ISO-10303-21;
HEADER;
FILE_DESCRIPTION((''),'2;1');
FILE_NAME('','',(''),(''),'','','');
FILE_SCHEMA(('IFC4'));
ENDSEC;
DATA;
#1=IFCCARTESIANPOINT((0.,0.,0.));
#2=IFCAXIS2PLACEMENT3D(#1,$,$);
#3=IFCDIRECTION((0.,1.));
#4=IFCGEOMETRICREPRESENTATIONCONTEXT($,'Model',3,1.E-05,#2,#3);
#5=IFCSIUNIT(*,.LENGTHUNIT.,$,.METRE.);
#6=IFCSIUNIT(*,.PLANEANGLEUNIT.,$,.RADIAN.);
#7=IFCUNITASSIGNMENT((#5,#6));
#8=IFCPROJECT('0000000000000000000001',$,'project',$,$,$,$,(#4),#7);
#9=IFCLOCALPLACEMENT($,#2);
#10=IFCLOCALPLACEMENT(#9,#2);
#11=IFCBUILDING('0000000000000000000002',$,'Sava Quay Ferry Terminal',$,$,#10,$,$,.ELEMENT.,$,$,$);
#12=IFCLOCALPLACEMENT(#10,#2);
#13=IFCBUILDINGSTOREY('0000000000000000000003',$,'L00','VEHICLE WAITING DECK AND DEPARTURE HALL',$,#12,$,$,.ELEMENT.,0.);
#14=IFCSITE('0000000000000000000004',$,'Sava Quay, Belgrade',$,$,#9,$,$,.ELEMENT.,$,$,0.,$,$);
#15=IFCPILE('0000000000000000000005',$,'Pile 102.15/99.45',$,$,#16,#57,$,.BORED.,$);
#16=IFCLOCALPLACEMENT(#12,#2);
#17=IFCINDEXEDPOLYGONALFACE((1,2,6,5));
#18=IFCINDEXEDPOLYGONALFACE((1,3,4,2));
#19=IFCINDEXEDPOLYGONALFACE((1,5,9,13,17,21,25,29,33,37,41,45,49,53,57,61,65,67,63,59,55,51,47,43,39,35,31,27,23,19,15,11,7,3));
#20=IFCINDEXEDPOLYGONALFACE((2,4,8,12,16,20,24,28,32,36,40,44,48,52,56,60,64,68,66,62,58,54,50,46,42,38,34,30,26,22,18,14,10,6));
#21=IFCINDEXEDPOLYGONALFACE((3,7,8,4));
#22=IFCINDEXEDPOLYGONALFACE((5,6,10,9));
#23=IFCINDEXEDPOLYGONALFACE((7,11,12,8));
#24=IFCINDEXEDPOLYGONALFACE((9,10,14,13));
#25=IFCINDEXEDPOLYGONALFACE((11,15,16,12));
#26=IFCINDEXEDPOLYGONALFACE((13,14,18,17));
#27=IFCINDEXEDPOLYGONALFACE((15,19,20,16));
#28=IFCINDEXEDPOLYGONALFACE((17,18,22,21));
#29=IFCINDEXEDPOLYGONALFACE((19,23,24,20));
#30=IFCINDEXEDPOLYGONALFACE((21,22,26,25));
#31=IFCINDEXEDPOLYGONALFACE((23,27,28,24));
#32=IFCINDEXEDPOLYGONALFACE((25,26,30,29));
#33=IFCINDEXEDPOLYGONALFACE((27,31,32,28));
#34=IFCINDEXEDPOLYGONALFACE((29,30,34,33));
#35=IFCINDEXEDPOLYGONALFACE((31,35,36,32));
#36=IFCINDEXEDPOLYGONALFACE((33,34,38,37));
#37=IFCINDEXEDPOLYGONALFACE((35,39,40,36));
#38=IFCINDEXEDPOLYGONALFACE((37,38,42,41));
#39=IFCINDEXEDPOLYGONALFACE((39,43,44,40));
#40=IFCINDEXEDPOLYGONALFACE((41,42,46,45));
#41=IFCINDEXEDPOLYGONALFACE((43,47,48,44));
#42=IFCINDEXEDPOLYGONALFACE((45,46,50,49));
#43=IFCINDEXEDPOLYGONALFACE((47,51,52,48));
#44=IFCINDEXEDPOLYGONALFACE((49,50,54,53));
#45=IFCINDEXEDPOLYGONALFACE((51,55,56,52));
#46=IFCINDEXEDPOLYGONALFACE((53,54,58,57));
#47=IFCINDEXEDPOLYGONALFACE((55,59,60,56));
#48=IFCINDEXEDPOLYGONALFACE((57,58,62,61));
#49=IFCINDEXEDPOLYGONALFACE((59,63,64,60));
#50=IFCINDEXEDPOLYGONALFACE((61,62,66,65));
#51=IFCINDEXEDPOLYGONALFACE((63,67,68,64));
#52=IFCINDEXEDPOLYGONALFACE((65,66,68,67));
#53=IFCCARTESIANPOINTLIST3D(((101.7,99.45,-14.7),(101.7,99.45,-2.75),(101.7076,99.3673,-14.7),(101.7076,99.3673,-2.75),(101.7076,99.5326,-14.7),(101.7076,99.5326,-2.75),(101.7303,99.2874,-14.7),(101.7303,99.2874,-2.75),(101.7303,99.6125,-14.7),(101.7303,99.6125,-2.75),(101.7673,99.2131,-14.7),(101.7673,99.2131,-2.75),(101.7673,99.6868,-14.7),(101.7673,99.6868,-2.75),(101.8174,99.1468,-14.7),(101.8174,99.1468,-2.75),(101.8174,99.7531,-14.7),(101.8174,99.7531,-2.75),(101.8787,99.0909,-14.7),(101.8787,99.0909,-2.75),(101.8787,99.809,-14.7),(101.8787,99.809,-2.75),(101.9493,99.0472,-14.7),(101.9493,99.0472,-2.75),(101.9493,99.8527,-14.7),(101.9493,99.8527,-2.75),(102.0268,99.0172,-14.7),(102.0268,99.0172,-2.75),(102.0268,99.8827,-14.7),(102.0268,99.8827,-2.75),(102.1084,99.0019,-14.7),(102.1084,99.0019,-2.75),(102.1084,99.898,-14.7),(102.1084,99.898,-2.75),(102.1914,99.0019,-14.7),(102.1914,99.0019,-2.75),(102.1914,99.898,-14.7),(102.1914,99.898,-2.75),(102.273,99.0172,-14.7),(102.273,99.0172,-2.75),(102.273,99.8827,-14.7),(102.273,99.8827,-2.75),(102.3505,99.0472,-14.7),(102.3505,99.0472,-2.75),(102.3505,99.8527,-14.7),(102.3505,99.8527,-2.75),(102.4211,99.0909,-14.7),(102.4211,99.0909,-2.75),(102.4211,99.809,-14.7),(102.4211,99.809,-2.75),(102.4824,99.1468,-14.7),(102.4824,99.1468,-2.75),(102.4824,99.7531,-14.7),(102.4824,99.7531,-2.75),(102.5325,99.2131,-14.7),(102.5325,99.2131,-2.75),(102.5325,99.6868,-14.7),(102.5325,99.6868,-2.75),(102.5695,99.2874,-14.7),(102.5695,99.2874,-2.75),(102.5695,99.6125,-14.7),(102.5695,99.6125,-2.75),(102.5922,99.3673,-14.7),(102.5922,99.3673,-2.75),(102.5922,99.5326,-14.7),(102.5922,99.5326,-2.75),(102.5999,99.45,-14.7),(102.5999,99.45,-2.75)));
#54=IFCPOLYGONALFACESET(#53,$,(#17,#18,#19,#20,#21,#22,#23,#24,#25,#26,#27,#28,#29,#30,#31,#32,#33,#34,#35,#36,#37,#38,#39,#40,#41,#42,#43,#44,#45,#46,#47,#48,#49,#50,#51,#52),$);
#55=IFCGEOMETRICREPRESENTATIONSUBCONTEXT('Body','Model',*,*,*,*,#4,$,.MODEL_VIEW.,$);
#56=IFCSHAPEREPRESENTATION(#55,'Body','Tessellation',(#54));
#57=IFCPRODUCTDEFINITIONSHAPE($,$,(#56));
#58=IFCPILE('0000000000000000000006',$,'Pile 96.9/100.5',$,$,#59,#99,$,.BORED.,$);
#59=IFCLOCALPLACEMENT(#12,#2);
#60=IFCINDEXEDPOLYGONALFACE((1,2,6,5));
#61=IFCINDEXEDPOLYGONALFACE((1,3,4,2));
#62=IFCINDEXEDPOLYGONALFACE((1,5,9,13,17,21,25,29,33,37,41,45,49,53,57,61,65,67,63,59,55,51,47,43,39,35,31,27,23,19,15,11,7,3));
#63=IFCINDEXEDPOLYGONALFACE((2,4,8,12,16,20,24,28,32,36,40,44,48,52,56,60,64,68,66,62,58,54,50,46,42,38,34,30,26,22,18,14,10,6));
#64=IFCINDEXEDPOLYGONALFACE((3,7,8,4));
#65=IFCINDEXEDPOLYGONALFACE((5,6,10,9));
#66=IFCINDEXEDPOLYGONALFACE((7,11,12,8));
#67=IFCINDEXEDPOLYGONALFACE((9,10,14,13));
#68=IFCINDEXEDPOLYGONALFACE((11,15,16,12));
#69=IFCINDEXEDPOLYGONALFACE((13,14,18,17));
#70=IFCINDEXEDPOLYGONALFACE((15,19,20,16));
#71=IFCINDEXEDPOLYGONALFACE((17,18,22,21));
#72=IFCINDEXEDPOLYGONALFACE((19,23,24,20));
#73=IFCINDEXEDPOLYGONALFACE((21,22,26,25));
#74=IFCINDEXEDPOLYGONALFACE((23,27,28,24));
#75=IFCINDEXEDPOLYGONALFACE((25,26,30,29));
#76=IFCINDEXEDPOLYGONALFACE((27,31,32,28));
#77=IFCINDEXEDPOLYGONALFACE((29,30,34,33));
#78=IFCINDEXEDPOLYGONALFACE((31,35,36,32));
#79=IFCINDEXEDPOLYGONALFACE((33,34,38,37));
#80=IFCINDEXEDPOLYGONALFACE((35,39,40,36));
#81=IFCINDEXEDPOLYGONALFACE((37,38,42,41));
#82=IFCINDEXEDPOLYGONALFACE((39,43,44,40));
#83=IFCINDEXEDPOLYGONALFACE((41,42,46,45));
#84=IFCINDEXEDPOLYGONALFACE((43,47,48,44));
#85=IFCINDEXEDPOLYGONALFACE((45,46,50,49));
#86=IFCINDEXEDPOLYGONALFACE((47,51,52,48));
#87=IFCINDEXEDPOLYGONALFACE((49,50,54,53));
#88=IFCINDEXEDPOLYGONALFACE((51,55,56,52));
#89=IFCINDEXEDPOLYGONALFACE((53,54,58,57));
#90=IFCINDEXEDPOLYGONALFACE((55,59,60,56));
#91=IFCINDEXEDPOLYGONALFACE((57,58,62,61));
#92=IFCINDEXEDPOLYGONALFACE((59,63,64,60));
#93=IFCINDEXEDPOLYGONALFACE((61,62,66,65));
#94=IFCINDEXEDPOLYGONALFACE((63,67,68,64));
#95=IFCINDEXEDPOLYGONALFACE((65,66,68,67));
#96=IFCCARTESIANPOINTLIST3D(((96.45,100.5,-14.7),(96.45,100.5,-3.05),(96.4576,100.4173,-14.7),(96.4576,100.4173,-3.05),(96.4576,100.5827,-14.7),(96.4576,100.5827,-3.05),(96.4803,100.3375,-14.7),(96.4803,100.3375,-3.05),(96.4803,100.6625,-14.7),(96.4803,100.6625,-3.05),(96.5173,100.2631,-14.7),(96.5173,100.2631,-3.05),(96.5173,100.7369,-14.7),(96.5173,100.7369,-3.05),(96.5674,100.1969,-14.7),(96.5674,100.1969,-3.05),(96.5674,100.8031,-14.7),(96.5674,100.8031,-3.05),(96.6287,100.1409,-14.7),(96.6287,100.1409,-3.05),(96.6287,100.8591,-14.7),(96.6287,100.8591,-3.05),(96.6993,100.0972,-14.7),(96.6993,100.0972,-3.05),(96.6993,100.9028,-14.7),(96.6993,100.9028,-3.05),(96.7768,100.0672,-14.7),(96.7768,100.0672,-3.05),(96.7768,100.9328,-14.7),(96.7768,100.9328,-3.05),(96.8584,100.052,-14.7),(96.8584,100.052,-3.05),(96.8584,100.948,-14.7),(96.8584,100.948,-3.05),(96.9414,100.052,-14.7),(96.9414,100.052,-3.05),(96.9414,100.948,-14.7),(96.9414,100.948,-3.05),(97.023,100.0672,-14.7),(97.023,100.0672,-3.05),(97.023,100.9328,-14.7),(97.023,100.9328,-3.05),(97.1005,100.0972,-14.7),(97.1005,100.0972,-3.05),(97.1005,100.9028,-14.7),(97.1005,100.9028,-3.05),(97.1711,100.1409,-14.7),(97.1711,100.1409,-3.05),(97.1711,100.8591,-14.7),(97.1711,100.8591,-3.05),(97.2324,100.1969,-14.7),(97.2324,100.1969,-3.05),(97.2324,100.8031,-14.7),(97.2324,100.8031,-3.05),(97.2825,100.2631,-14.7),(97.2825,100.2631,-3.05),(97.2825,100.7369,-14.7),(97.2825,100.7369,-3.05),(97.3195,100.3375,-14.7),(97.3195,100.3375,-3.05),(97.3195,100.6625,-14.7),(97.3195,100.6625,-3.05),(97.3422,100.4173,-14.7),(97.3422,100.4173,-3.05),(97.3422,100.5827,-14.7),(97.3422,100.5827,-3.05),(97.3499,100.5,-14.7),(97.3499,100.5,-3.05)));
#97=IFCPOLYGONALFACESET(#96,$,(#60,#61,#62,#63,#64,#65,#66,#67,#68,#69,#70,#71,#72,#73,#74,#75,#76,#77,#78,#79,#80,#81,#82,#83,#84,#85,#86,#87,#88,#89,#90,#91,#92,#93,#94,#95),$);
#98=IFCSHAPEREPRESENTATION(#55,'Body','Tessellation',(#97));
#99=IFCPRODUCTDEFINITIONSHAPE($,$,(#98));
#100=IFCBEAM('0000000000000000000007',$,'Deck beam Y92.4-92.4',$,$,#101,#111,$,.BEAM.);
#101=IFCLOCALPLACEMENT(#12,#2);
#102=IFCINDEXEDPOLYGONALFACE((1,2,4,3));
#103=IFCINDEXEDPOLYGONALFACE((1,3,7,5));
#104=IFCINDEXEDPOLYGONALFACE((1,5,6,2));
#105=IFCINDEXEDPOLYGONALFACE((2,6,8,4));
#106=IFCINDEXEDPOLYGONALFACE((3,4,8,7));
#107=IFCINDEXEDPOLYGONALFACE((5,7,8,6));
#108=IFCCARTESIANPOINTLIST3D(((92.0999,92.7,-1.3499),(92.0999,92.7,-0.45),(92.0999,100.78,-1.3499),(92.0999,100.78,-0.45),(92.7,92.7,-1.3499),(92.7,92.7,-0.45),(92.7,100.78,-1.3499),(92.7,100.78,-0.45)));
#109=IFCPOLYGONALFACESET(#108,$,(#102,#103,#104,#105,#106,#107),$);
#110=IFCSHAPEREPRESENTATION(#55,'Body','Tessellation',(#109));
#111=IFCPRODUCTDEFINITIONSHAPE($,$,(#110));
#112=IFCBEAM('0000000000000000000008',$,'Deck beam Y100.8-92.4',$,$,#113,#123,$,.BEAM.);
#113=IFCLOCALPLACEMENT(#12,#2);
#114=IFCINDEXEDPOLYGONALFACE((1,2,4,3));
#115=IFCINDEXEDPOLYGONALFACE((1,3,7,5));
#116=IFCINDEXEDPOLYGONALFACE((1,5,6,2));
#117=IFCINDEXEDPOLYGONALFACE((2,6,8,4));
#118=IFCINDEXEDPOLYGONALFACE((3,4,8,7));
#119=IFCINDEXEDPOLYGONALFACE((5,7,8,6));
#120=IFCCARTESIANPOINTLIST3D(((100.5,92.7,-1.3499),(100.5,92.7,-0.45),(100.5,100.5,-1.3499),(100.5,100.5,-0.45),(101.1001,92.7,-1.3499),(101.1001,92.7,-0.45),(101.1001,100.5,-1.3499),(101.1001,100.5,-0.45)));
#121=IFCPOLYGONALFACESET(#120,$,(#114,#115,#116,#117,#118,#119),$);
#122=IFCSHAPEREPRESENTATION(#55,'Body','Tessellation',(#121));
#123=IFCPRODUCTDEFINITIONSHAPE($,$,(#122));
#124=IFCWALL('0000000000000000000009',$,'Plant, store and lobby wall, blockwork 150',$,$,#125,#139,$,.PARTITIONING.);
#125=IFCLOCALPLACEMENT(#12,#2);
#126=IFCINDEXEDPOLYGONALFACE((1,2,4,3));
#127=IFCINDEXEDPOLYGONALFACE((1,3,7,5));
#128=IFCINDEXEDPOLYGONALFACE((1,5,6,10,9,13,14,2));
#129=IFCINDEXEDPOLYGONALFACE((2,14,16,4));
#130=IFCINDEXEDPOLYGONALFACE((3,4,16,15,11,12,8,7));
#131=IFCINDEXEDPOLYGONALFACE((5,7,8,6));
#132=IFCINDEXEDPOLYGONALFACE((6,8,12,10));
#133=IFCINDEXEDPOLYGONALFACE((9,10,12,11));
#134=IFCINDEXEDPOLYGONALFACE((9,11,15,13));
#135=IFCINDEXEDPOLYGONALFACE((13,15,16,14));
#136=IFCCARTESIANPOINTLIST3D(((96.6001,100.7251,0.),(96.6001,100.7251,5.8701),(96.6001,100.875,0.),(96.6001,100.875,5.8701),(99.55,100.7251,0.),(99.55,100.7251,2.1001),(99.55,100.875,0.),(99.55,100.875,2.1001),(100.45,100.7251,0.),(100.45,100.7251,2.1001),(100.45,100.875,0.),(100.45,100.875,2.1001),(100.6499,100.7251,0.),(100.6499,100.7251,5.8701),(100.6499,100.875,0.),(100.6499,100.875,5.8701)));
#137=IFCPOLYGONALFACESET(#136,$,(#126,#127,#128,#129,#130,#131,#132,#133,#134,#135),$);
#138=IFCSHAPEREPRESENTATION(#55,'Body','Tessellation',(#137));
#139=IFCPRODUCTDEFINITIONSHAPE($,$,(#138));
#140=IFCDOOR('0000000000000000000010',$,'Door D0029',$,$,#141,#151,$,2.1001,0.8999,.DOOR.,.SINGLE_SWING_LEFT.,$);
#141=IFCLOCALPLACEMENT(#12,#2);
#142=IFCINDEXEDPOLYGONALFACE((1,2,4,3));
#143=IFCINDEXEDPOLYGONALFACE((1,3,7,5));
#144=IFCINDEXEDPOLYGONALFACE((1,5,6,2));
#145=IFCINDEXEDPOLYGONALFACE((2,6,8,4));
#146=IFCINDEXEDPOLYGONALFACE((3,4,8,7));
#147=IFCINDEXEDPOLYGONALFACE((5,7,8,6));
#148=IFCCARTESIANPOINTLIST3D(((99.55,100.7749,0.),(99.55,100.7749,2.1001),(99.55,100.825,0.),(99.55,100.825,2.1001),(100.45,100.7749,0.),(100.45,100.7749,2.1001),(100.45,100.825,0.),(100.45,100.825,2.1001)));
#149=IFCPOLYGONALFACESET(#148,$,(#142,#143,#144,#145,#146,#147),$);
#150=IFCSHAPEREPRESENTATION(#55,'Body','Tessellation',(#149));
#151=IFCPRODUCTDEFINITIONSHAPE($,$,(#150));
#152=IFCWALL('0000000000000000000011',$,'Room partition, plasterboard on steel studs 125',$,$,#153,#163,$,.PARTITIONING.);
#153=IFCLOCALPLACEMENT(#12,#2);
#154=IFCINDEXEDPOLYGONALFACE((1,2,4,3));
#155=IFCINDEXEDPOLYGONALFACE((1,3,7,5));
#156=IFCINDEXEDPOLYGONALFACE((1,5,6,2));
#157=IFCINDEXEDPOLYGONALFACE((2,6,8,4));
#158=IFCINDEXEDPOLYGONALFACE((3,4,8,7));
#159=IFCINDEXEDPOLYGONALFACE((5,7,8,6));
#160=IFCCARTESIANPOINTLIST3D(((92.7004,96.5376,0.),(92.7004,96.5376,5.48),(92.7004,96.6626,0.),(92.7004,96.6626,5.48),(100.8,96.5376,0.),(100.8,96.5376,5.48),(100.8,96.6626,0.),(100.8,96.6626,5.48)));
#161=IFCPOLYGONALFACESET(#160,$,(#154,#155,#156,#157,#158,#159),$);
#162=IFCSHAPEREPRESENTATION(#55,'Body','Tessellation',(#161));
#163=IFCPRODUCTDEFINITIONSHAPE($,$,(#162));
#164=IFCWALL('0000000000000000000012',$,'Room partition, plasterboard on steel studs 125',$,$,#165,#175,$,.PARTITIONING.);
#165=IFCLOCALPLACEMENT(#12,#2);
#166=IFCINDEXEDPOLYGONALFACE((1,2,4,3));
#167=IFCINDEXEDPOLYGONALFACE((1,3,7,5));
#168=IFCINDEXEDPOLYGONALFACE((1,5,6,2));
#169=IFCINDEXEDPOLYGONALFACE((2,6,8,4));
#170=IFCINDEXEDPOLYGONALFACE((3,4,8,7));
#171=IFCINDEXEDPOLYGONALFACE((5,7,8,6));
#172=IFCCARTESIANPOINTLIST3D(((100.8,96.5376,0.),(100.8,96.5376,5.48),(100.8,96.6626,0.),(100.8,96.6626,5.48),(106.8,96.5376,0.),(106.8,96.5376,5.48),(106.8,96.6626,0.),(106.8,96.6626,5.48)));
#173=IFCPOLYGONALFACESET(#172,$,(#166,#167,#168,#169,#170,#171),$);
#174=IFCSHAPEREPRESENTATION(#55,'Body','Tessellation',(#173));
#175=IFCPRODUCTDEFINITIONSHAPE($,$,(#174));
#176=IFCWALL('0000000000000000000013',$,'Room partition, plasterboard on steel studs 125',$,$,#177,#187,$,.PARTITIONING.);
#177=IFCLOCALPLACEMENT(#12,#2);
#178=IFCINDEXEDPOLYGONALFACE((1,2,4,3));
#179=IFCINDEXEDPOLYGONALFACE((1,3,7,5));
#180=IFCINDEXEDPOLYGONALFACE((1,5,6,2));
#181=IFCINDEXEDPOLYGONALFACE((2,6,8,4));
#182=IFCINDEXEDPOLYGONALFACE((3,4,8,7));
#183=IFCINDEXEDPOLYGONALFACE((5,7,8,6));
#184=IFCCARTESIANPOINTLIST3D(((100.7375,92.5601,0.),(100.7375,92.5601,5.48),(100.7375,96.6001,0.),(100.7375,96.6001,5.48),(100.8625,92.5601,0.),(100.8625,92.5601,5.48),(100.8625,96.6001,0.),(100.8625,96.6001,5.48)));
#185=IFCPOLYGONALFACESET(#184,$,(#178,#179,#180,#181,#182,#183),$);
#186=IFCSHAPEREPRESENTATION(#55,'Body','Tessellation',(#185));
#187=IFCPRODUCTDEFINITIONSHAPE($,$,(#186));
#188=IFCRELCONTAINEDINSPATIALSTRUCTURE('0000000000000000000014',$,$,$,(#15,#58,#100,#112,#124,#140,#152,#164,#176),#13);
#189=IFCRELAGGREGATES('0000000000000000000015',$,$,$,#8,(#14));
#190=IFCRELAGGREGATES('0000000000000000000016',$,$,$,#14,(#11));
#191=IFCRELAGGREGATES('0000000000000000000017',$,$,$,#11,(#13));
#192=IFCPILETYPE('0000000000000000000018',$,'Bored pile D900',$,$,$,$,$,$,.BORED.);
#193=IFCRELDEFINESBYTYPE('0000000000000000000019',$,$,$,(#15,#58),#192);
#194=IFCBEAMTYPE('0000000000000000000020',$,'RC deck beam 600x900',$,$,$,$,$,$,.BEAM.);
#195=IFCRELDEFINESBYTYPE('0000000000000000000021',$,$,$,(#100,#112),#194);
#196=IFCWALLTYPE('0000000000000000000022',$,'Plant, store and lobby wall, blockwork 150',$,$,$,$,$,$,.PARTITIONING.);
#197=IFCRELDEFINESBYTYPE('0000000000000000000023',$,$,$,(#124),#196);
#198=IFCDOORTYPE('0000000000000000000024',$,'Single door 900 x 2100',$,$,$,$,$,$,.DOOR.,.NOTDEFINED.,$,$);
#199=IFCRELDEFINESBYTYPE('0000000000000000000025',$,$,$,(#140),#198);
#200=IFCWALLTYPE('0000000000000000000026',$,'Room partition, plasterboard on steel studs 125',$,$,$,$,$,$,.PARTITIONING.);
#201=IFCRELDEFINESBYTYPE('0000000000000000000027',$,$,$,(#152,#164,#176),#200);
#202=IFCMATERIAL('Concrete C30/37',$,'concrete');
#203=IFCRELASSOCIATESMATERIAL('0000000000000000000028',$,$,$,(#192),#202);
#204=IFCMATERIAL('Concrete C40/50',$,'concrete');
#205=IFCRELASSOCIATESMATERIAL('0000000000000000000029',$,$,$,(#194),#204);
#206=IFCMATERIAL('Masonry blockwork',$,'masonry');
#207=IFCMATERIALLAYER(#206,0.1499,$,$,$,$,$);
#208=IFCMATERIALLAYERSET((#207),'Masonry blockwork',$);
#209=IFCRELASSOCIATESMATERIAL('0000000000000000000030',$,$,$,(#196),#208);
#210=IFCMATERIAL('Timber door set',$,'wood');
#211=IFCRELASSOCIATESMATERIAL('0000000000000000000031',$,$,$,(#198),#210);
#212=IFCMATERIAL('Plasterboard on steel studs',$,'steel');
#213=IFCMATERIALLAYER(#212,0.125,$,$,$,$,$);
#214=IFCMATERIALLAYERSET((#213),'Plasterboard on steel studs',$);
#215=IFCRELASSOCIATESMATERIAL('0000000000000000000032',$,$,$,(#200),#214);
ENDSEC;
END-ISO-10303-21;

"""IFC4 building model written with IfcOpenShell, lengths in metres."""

from ifc_helpers import new_model, si_unit, direction, frame, frame_2d, origin, origin_2d, place, context, subcontext, project, spatial, rectangle, circle, extrude, material, layer, layer_set, material_profile, profile_set, type_object, element, fill, save


model = new_model("IFC4")

# Units and contexts
model_context = context("Model", 3, precision=1e-05, world=origin(), true_north=direction((0.0, 1.0)))
body_context = subcontext(model_context, "Body", "Model", "MODEL_VIEW")
ifc_project = project(units=[si_unit("LENGTHUNIT", "METRE"), si_unit("PLANEANGLEUNIT", "RADIAN")], contexts=[model_context])

# Site, building, storey
site_placement = place(None, origin())
site = spatial("IfcSite", under=ifc_project, at=site_placement, Name="Sava Quay, Belgrade", CompositionType="ELEMENT", RefElevation=0.0)
building_placement = place(site_placement, origin())
building = spatial("IfcBuilding", under=site, at=building_placement, Name="Sava Quay Ferry Terminal", CompositionType="ELEMENT")
storey_placement = place(building_placement, origin())
storey = spatial("IfcBuildingStorey", under=building, at=storey_placement, Name="L00", Description="VEHICLE WAITING DECK AND DEPARTURE HALL", CompositionType="ELEMENT", Elevation=0.0)

# Piles
ifc_material_1 = material(Name="Concrete C30/37", Category="concrete")
ifc_material_profile_1 = material_profile(ifc_material_1, circle(Radius=0.45, at=origin_2d()), Name="Bored pile D900")
ifc_profile_set_1 = profile_set([ifc_material_profile_1], Name="Concrete C30/37")
pile_type = type_object("IfcPileType", Name="Bored pile D900", PredefinedType="BORED", material=ifc_profile_set_1)
for number, where, z_axis, x_axis, name in (
    (1, (102.1499, 99.45, -2.75), (0.0, 0.0, -1.0), (1.0, 0.0, 0.0), "Pile 102.15/99.45"),
):
    element("IfcPile", number, at=place(storey_placement, frame(where, z_axis=z_axis, x_axis=x_axis)), inside=storey, type_object=pile_type, Name=name, PredefinedType="BORED", context=body_context, shape_type="SweptSolid", body=[
        extrude(circle(Radius=0.45, at=origin_2d()), origin(), (0.0, 0.0, 1.0), 11.95),
    ])
pile_placement = place(storey_placement, frame((96.8999, 100.5, -3.05), z_axis=(0.0, 0.0, -1.0), x_axis=(1.0, 0.0, 0.0)))
element("IfcPile", 2, at=pile_placement, inside=storey, type_object=pile_type, Name="Pile 96.9/100.5", PredefinedType="BORED", context=body_context, shape_type="SweptSolid", body=[
    extrude(circle(Radius=0.45, at=origin_2d()), origin(), (0.0, 0.0, 1.0), 11.6499),
])

# Beams
ifc_material_2 = material(Name="Concrete C40/50", Category="concrete")
ifc_material_profile_2 = material_profile(ifc_material_2, rectangle(XDim=0.6001, YDim=0.8999, at=origin_2d()), Name="RC 600x900")
ifc_profile_set_2 = profile_set([ifc_material_profile_2], Name="Concrete C40/50")
beam_type = type_object("IfcBeamType", Name="RC deck beam 600x900", PredefinedType="BEAM", material=ifc_profile_set_2)
beam_1_placement = place(storey_placement, frame((92.3999, 92.7, -0.8999), z_axis=(0.0, 1.0, 0.0), x_axis=(-1.0, 0.0, 0.0)))
element("IfcBeam", 3, at=beam_1_placement, inside=storey, type_object=beam_type, Name="Deck beam Y92.4-92.4", PredefinedType="BEAM", context=body_context, shape_type="SweptSolid", body=[
    extrude(rectangle(XDim=0.6001, YDim=0.8999, at=origin_2d()), origin(), (0.0, 0.0, 1.0), 8.0801),
])
beam_2_placement = place(storey_placement, frame((100.8, 92.7, -0.8999), z_axis=(0.0, 1.0, 0.0), x_axis=(-1.0, 0.0, 0.0)))
element("IfcBeam", 4, at=beam_2_placement, inside=storey, type_object=beam_type, Name="Deck beam Y100.8-92.4", PredefinedType="BEAM", context=body_context, shape_type="SweptSolid", body=[
    extrude(rectangle(XDim=0.6001, YDim=0.8999, at=origin_2d()), origin(), (0.0, 0.0, 1.0), 7.8),
])

# Wall, opening, door
ifc_material_3 = material(Name="Masonry blockwork", Category="masonry")
ifc_layer_1 = layer(ifc_material_3, 0.1499)
ifc_layer_set_1 = layer_set([ifc_layer_1], Name="Masonry blockwork")
wall_type_1 = type_object("IfcWallType", Name="Plant, store and lobby wall, blockwork 150", PredefinedType="PARTITIONING", material=ifc_layer_set_1)
wall_1_placement = place(storey_placement, frame((96.6001, 100.8, 0.0), z_axis=(0.0, 0.0, 1.0), x_axis=(1.0, 0.0, 0.0)))
wall_1 = element("IfcWall", 5, at=wall_1_placement, inside=storey, type_object=wall_type_1, Name="Plant, store and lobby wall, blockwork 150", PredefinedType="PARTITIONING", context=body_context, shape_type="SweptSolid", body=[
    extrude(rectangle(XDim=4.0498, YDim=0.1499, at=frame_2d((2.0249, 0.0))), origin(), (0.0, 0.0, 1.0), 5.8701),
])
opening_1_placement = place(wall_1_placement, frame((2.95, 0.0, 0.0)))
opening_1 = element("IfcOpeningElement", 6, at=opening_1_placement, cuts=wall_1, PredefinedType="OPENING", context=body_context, shape_type="SweptSolid", body=[
    extrude(rectangle(XDim=0.8999, YDim=2.1001, at=frame_2d((0.45, 1.05))), frame((0.0, 0.075, 0.0), z_axis=(0.0, -1.0, 0.0), x_axis=(1.0, 0.0, 0.0)), (0.0, 0.0, 1.0), 0.1499),
])
ifc_material_4 = material(Name="Timber door set", Category="wood")
door_type = type_object("IfcDoorType", Name="Single door 900 x 2100", OperationType="NOTDEFINED", PredefinedType="DOOR", material=ifc_material_4)
door_placement = place(opening_1_placement, origin())
door = element("IfcDoor", 7, at=door_placement, inside=storey, type_object=door_type, Name="Door D0029", OperationType="SINGLE_SWING_LEFT", OverallHeight=2.1001, OverallWidth=0.8999, PredefinedType="DOOR", context=body_context, shape_type="SweptSolid", body=[
    extrude(rectangle(XDim=0.8999, YDim=2.1001, at=frame_2d((0.45, 1.05))), frame((0.0, 0.0249, 0.0), z_axis=(0.0, -1.0, 0.0), x_axis=(1.0, 0.0, 0.0)), (0.0, 0.0, 1.0), 0.05),
])
fill(opening_1, door)

# Walls
ifc_material_5 = material(Name="Plasterboard on steel studs", Category="steel")
ifc_layer_2 = layer(ifc_material_5, 0.125)
ifc_layer_set_2 = layer_set([ifc_layer_2], Name="Plasterboard on steel studs")
wall_type_2 = type_object("IfcWallType", Name="Room partition, plasterboard on steel studs 125", PredefinedType="PARTITIONING", material=ifc_layer_set_2)
wall_2_placement = place(storey_placement, frame((92.7004, 96.6001, 0.0), z_axis=(0.0, 0.0, 1.0), x_axis=(1.0, 0.0, 0.0)))
element("IfcWall", 8, at=wall_2_placement, inside=storey, type_object=wall_type_2, Name="Room partition, plasterboard on steel studs 125", PredefinedType="PARTITIONING", context=body_context, shape_type="SweptSolid", body=[
    extrude(rectangle(XDim=8.0996, YDim=0.125, at=frame_2d((4.0498, 0.0))), origin(), (0.0, 0.0, 1.0), 5.48),
])
wall_3_placement = place(storey_placement, frame((100.8, 96.6001, 0.0), z_axis=(0.0, 0.0, 1.0), x_axis=(1.0, 0.0, 0.0)))
element("IfcWall", 9, at=wall_3_placement, inside=storey, type_object=wall_type_2, Name="Room partition, plasterboard on steel studs 125", PredefinedType="PARTITIONING", context=body_context, shape_type="SweptSolid", body=[
    extrude(rectangle(XDim=6.0, YDim=0.125, at=frame_2d((3.0, 0.0))), origin(), (0.0, 0.0, 1.0), 5.48),
])
wall_4_placement = place(storey_placement, frame((100.8, 92.5601, 0.0), z_axis=(0.0, 0.0, 1.0), x_axis=(0.0, 1.0, 0.0)))
element("IfcWall", 10, at=wall_4_placement, inside=storey, type_object=wall_type_2, Name="Room partition, plasterboard on steel studs 125", PredefinedType="PARTITIONING", context=body_context, shape_type="SweptSolid", body=[
    extrude(rectangle(XDim=4.04, YDim=0.125, at=frame_2d((2.02, 0.0))), origin(), (0.0, 0.0, 1.0), 5.48),
])

save(model, "model.ifc")
